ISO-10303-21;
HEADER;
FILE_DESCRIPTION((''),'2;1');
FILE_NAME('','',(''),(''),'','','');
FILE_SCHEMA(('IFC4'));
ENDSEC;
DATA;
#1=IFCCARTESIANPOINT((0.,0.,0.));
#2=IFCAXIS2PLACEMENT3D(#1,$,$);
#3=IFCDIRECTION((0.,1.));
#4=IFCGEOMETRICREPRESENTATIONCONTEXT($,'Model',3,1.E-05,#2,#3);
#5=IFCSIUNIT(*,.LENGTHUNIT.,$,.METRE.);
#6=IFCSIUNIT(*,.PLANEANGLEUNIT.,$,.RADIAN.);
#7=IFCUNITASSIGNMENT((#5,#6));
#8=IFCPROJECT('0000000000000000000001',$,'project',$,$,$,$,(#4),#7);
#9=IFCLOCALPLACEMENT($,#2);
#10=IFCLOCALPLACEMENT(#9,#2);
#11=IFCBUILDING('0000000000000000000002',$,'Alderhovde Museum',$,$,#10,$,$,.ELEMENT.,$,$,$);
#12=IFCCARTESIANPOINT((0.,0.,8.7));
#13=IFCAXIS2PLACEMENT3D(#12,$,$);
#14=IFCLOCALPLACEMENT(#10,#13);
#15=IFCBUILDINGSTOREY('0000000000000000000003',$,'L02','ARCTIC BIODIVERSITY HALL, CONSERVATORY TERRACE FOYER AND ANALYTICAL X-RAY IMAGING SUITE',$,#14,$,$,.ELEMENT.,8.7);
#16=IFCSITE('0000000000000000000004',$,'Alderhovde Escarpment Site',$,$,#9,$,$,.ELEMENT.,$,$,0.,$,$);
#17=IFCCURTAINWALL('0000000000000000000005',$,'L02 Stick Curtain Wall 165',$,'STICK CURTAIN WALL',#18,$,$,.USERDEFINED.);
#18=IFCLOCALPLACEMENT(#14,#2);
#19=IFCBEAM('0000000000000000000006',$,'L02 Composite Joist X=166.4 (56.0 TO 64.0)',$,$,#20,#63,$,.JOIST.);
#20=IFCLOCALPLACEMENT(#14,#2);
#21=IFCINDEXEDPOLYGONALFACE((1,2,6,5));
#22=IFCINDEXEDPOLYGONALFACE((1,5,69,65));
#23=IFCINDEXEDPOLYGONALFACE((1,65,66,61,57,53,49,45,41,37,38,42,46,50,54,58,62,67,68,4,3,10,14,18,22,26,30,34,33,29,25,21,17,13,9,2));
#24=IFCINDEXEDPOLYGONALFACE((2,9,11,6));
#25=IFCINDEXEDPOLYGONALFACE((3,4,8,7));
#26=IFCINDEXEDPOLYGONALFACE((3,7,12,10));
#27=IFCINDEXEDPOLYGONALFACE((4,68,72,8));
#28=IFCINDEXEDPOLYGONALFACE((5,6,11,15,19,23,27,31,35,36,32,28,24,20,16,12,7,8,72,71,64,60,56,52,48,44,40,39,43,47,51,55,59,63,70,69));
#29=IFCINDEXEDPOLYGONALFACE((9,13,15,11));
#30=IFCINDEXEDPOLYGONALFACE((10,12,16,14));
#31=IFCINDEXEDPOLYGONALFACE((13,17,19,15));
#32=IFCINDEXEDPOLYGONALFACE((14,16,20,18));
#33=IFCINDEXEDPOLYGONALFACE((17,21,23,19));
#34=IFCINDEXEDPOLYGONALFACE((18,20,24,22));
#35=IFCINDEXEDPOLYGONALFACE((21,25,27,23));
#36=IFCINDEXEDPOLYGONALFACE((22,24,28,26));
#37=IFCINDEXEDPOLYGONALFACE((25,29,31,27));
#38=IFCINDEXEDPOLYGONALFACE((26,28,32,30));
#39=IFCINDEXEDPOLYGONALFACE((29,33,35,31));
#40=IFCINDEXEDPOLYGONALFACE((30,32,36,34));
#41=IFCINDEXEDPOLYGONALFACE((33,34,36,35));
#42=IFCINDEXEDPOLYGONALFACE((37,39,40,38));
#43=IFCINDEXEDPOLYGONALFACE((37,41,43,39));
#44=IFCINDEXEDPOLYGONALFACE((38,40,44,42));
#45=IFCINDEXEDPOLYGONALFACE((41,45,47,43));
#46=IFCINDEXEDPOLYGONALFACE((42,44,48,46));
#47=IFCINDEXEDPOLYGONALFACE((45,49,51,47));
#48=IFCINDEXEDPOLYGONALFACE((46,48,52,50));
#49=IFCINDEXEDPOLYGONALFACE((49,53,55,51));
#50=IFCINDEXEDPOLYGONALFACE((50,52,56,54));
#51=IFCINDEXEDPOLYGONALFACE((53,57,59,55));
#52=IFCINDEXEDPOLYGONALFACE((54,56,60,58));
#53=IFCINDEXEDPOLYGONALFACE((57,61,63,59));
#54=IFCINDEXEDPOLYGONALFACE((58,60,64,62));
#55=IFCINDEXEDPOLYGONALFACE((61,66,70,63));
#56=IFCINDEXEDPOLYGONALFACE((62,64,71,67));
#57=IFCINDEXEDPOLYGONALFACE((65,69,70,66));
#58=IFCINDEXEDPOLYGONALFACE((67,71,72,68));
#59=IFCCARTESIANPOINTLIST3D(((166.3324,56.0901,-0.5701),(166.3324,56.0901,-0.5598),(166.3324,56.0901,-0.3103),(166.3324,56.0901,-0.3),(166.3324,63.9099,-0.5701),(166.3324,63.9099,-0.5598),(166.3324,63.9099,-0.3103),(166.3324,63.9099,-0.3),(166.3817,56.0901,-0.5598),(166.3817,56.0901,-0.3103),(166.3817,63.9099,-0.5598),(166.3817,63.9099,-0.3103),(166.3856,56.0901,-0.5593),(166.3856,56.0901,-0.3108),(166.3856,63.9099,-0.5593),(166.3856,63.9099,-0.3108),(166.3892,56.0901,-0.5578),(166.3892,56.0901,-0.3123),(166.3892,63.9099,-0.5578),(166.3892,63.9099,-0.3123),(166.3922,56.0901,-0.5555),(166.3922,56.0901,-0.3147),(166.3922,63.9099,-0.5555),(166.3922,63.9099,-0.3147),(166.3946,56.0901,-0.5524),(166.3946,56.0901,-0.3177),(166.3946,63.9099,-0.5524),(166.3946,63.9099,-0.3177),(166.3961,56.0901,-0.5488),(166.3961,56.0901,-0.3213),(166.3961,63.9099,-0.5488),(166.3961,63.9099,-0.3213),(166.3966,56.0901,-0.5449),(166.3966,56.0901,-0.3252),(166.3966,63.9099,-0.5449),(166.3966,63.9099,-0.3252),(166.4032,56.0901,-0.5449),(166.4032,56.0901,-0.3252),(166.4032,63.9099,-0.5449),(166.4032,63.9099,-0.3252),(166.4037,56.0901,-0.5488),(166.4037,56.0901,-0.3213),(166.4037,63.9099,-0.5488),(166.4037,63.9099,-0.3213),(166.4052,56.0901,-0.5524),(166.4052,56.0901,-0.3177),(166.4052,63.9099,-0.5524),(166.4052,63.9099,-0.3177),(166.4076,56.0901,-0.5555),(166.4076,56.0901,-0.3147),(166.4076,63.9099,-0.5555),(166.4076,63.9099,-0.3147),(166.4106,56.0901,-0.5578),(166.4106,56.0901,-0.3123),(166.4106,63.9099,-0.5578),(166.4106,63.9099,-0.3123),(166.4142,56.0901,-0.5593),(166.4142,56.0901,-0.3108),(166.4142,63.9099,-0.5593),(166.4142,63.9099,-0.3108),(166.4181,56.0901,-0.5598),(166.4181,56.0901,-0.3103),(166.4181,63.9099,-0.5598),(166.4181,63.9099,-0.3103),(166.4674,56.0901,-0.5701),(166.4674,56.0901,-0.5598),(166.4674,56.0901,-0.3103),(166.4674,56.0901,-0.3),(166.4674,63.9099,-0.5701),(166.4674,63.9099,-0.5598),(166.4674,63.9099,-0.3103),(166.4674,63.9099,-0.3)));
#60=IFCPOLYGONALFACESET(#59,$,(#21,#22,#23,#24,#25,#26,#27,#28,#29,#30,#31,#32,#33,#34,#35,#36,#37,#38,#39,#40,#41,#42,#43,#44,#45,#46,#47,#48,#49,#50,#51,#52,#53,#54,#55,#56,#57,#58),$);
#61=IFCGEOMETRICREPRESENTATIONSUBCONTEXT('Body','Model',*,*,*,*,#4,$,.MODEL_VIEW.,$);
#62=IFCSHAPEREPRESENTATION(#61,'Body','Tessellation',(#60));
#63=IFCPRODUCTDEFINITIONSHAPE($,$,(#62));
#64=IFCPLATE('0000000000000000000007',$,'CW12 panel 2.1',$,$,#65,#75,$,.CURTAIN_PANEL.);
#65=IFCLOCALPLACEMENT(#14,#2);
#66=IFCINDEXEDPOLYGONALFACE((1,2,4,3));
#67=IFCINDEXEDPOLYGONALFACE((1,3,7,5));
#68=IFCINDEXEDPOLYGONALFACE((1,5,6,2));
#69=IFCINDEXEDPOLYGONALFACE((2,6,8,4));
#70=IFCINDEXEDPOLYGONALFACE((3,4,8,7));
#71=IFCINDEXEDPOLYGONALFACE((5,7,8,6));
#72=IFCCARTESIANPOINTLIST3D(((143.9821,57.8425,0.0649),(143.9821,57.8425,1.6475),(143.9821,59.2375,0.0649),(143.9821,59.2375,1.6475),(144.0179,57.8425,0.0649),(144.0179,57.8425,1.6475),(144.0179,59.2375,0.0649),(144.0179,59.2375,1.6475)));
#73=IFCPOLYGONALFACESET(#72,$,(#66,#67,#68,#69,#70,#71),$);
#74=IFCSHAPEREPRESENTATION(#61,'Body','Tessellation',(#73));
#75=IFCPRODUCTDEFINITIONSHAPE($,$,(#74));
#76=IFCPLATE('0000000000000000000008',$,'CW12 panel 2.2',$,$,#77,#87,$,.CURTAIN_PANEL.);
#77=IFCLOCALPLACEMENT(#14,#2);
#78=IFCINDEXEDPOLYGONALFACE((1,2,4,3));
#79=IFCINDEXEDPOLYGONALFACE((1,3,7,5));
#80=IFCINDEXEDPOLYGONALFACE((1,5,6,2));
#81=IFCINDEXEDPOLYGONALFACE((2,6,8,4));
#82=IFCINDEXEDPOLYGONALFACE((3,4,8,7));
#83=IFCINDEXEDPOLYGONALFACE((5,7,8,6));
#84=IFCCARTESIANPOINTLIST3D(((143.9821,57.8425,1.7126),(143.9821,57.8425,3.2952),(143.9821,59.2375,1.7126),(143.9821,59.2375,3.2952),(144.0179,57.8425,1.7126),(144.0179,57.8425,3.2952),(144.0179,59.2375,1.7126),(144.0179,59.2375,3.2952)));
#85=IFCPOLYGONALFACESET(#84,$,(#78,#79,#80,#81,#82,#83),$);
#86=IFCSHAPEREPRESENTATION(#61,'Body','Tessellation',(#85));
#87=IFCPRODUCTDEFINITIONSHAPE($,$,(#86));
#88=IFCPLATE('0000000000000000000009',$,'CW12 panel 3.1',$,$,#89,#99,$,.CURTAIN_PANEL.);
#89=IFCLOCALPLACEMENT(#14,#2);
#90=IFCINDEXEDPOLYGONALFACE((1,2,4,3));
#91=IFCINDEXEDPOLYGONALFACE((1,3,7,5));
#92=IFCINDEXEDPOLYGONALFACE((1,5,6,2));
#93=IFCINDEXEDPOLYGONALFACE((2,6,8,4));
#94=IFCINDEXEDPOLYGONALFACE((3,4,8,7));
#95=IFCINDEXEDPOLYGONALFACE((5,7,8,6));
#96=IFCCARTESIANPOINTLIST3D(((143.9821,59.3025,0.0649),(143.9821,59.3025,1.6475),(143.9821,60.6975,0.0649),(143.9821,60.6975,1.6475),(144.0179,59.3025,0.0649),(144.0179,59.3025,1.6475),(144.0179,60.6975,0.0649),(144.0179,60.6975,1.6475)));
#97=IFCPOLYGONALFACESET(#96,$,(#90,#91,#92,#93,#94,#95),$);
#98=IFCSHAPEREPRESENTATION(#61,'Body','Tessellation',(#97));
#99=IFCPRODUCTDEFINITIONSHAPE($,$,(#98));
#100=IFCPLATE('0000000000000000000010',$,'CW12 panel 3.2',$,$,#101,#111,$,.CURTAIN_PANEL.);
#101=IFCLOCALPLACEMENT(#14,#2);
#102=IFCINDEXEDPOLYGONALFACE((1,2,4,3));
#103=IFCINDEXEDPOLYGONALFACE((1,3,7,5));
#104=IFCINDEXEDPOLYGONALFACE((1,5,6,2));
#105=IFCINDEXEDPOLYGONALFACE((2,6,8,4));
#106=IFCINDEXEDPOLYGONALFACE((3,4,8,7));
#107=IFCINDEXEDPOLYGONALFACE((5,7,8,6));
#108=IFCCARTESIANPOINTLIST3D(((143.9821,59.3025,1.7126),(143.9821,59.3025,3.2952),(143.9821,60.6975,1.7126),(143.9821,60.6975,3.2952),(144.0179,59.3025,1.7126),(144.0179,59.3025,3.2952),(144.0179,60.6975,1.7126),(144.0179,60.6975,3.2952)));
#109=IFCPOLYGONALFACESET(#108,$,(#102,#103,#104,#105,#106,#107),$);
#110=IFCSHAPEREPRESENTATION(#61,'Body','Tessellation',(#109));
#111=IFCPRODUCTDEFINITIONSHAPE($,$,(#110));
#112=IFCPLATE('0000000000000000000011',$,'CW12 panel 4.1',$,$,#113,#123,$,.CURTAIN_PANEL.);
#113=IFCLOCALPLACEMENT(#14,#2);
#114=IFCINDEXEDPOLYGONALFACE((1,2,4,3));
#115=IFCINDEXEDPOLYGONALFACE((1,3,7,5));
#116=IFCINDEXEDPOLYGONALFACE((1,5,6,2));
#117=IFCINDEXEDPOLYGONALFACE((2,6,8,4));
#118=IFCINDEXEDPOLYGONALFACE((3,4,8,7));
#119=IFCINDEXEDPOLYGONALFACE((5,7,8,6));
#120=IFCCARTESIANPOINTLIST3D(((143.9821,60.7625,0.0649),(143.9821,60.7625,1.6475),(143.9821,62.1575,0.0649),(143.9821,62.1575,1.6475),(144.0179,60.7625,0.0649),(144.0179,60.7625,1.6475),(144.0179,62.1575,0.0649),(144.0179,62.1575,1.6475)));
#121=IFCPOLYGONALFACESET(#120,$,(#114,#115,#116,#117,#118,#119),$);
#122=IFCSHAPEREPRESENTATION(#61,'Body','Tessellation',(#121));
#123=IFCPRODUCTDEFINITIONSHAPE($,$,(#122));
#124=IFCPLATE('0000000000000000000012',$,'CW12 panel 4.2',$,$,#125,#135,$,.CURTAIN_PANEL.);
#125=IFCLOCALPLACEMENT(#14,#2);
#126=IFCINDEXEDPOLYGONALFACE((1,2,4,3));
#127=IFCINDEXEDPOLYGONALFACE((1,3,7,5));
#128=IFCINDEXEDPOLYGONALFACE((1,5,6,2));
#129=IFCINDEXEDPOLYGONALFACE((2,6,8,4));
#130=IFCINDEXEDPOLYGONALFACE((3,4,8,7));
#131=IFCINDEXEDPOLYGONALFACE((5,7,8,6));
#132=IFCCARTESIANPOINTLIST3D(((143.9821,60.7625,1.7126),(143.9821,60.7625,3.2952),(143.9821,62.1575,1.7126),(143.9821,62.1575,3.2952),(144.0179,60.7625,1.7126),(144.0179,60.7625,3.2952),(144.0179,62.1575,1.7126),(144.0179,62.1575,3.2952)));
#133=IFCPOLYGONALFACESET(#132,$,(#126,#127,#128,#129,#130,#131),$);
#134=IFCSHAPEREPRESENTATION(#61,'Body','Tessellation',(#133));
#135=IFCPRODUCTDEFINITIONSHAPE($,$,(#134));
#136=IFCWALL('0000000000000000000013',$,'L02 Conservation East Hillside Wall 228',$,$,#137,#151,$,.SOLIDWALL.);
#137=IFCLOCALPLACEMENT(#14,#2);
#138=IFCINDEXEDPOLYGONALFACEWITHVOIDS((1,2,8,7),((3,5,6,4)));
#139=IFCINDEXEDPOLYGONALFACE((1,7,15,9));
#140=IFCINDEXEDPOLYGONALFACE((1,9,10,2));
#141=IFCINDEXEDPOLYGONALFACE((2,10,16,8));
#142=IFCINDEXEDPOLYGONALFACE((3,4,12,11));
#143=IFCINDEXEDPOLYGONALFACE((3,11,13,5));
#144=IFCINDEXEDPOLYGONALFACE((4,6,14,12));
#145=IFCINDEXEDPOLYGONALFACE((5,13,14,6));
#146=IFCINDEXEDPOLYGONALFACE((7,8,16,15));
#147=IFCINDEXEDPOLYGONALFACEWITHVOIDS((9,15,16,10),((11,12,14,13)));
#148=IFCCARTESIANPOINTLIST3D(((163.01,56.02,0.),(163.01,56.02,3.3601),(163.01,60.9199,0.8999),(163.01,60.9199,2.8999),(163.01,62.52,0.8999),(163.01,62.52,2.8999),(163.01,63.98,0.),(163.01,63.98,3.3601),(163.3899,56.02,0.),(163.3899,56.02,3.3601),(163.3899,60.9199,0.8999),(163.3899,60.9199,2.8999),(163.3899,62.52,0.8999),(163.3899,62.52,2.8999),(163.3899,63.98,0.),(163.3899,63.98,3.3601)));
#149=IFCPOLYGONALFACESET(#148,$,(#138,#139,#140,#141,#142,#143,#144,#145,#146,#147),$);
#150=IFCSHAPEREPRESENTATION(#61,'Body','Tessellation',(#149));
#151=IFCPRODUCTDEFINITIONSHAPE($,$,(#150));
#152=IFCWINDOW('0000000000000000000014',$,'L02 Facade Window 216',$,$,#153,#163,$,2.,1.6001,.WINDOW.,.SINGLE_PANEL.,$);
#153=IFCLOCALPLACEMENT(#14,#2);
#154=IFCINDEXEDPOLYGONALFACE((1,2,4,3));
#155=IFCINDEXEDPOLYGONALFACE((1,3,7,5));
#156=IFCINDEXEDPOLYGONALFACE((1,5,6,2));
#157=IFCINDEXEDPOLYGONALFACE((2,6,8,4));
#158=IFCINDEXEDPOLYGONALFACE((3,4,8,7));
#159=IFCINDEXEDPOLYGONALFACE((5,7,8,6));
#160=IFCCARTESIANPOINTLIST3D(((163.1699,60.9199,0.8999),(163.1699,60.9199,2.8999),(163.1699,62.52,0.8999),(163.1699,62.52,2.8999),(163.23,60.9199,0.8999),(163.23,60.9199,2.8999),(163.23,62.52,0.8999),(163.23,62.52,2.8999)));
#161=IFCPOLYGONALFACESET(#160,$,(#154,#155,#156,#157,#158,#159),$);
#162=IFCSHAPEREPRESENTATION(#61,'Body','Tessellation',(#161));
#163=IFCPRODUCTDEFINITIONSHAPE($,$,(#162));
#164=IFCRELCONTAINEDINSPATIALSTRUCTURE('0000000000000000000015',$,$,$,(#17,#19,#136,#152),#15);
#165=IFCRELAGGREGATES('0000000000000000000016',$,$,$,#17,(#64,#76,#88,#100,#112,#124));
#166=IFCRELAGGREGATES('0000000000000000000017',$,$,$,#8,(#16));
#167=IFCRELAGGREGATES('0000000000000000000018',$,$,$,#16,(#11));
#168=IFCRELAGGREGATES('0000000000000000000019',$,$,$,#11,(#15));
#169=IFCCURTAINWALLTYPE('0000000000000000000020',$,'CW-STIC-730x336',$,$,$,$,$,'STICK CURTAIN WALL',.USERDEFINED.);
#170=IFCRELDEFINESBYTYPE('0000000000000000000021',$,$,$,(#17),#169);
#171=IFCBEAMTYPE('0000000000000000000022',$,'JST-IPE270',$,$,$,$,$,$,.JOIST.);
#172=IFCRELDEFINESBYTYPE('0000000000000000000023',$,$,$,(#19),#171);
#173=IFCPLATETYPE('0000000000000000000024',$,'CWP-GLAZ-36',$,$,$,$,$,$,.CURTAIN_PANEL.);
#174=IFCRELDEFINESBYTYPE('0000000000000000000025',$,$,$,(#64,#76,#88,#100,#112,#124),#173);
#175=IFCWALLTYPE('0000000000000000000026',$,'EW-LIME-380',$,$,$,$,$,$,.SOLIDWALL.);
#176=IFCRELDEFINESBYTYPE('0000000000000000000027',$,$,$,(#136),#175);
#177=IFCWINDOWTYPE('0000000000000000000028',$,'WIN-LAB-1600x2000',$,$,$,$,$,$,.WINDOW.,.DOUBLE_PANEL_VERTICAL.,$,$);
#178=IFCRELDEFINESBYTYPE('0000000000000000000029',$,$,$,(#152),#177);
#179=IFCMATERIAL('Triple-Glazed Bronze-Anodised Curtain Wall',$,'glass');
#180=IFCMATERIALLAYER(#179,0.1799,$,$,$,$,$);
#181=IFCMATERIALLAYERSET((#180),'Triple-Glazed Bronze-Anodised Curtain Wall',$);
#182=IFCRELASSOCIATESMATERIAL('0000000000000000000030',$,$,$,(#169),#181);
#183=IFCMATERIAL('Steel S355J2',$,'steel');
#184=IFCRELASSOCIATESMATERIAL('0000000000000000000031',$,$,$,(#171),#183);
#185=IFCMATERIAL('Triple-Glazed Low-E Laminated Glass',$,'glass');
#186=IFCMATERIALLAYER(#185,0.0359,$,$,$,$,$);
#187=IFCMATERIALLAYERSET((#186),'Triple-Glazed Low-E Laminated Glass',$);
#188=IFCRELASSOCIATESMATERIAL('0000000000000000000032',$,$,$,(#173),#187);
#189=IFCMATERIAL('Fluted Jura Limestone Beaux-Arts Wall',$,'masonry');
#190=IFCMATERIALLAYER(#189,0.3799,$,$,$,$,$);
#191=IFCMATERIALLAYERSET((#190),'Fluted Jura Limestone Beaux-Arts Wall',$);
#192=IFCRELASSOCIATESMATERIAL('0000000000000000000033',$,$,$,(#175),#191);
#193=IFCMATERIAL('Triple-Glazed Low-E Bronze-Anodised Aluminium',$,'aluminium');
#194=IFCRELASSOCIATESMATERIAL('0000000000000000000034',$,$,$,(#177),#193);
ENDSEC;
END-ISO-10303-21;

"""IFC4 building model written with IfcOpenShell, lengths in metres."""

from ifc_helpers import new_model, si_unit, direction, frame, frame_2d, origin, origin_2d, place, context, subcontext, project, spatial, rectangle, i_section, extrude, material, layer, layer_set, material_profile, profile_set, type_object, element, fill, aggregate, save


model = new_model("IFC4")

# Units and contexts
model_context = context("Model", 3, precision=1e-05, world=origin(), true_north=direction((0.0, 1.0)))
body_context = subcontext(model_context, "Body", "Model", "MODEL_VIEW")
ifc_project = project(units=[si_unit("LENGTHUNIT", "METRE"), si_unit("PLANEANGLEUNIT", "RADIAN")], contexts=[model_context])

# Site, building, storey
site_placement = place(None, origin())
site = spatial("IfcSite", under=ifc_project, at=site_placement, Name="Alderhovde Escarpment Site", CompositionType="ELEMENT", RefElevation=0.0)
building_placement = place(site_placement, origin())
building = spatial("IfcBuilding", under=site, at=building_placement, Name="Alderhovde Museum", CompositionType="ELEMENT")
storey_placement = place(building_placement, frame((0.0, 0.0, 8.7)))
storey = spatial("IfcBuildingStorey", under=building, at=storey_placement, Name="L02", Description="ARCTIC BIODIVERSITY HALL, CONSERVATORY TERRACE FOYER AND ANALYTICAL X-RAY IMAGING SUITE", CompositionType="ELEMENT", Elevation=8.7)

# Curtain wall
ifc_material_1 = material(Name="Triple-Glazed Bronze-Anodised Curtain Wall", Category="glass")
ifc_layer_1 = layer(ifc_material_1, 0.1799)
ifc_layer_set_1 = layer_set([ifc_layer_1], Name="Triple-Glazed Bronze-Anodised Curtain Wall")
curtain_wall_type = type_object("IfcCurtainWallType", Name="CW-STIC-730x336", ElementType="STICK CURTAIN WALL", PredefinedType="USERDEFINED", material=ifc_layer_set_1)
curtain_wall_placement = place(storey_placement, origin())
curtain_wall = element("IfcCurtainWall", 1, at=curtain_wall_placement, inside=storey, type_object=curtain_wall_type, Name="L02 Stick Curtain Wall 165", ObjectType="STICK CURTAIN WALL", PredefinedType="USERDEFINED")

# Beam
ifc_material_2 = material(Name="Steel S355J2", Category="steel")
ifc_material_profile_1 = material_profile(ifc_material_2, i_section(OverallWidth=0.135, OverallDepth=0.27, WebThickness=0.0066, FlangeThickness=0.0103, FilletRadius=0.0149, at=origin_2d()), Name="IPE 270")
ifc_profile_set_1 = profile_set([ifc_material_profile_1], Name="Steel S355J2")
beam_type_1 = type_object("IfcBeamType", Name="JST-IPE270", PredefinedType="JOIST", material=ifc_profile_set_1)
for number, where, z_axis, x_axis, name in (
    (2, (166.3999, 56.0901, -0.4351), (0.0, 1.0, 0.0), (-1.0, 0.0, 0.0), "L02 Composite Joist X=166.4 (56.0 TO 64.0)"),
):
    element("IfcBeam", number, at=place(storey_placement, frame(where, z_axis=z_axis, x_axis=x_axis)), inside=storey, type_object=beam_type_1, Name=name, PredefinedType="JOIST", context=body_context, shape_type="SweptSolid", body=[
        extrude(i_section(OverallWidth=0.135, OverallDepth=0.27, WebThickness=0.0066, FlangeThickness=0.0103, FilletRadius=0.0149, at=origin_2d()), origin(), (0.0, 0.0, 1.0), 7.8198),
    ])

# Plates
ifc_material_3 = material(Name="Triple-Glazed Low-E Laminated Glass", Category="glass")
ifc_layer_2 = layer(ifc_material_3, 0.0359)
ifc_layer_set_2 = layer_set([ifc_layer_2], Name="Triple-Glazed Low-E Laminated Glass")
plate_type = type_object("IfcPlateType", Name="CWP-GLAZ-36", PredefinedType="CURTAIN_PANEL", material=ifc_layer_set_2)
plate_1_placement = place(storey_placement, frame((144.0, 58.54, 0.0649), z_axis=(0.0, 0.0, 1.0), x_axis=(0.0, 1.0, 0.0)))
plate_1 = element("IfcPlate", 3, at=plate_1_placement, type_object=plate_type, Name="CW12 panel 2.1", PredefinedType="CURTAIN_PANEL", context=body_context, shape_type="SweptSolid", body=[
    extrude(rectangle(XDim=1.395, YDim=0.0359, at=origin_2d()), origin(), (0.0, 0.0, 1.0), 1.5825),
])
plate_2_placement = place(storey_placement, frame((144.0, 58.54, 1.7126), z_axis=(0.0, 0.0, 1.0), x_axis=(0.0, 1.0, 0.0)))
plate_2 = element("IfcPlate", 4, at=plate_2_placement, type_object=plate_type, Name="CW12 panel 2.2", PredefinedType="CURTAIN_PANEL", context=body_context, shape_type="SweptSolid", body=[
    extrude(rectangle(XDim=1.395, YDim=0.0359, at=origin_2d()), origin(), (0.0, 0.0, 1.0), 1.5825),
])
plate_3_placement = place(storey_placement, frame((144.0, 60.0, 0.0649), z_axis=(0.0, 0.0, 1.0), x_axis=(0.0, 1.0, 0.0)))
plate_3 = element("IfcPlate", 5, at=plate_3_placement, type_object=plate_type, Name="CW12 panel 3.1", PredefinedType="CURTAIN_PANEL", context=body_context, shape_type="SweptSolid", body=[
    extrude(rectangle(XDim=1.395, YDim=0.0359, at=origin_2d()), origin(), (0.0, 0.0, 1.0), 1.5825),
])
plate_4_placement = place(storey_placement, frame((144.0, 60.0, 1.7126), z_axis=(0.0, 0.0, 1.0), x_axis=(0.0, 1.0, 0.0)))
plate_4 = element("IfcPlate", 6, at=plate_4_placement, type_object=plate_type, Name="CW12 panel 3.2", PredefinedType="CURTAIN_PANEL", context=body_context, shape_type="SweptSolid", body=[
    extrude(rectangle(XDim=1.395, YDim=0.0359, at=origin_2d()), origin(), (0.0, 0.0, 1.0), 1.5825),
])
plate_5_placement = place(storey_placement, frame((144.0, 61.46, 0.0649), z_axis=(0.0, 0.0, 1.0), x_axis=(0.0, 1.0, 0.0)))
plate_5 = element("IfcPlate", 7, at=plate_5_placement, type_object=plate_type, Name="CW12 panel 4.1", PredefinedType="CURTAIN_PANEL", context=body_context, shape_type="SweptSolid", body=[
    extrude(rectangle(XDim=1.395, YDim=0.0359, at=origin_2d()), origin(), (0.0, 0.0, 1.0), 1.5825),
])
plate_6_placement = place(storey_placement, frame((144.0, 61.46, 1.7126), z_axis=(0.0, 0.0, 1.0), x_axis=(0.0, 1.0, 0.0)))
plate_6 = element("IfcPlate", 8, at=plate_6_placement, type_object=plate_type, Name="CW12 panel 4.2", PredefinedType="CURTAIN_PANEL", context=body_context, shape_type="SweptSolid", body=[
    extrude(rectangle(XDim=1.395, YDim=0.0359, at=origin_2d()), origin(), (0.0, 0.0, 1.0), 1.5825),
])
aggregate(curtain_wall, [plate_1, plate_2, plate_3, plate_4, plate_5, plate_6])

# Wall, opening, window
ifc_material_4 = material(Name="Fluted Jura Limestone Beaux-Arts Wall", Category="masonry")
ifc_layer_3 = layer(ifc_material_4, 0.3799)
ifc_layer_set_3 = layer_set([ifc_layer_3], Name="Fluted Jura Limestone Beaux-Arts Wall")
wall_type = type_object("IfcWallType", Name="EW-LIME-380", PredefinedType="SOLIDWALL", material=ifc_layer_set_3)
wall_placement = place(storey_placement, frame((163.2, 56.02, 0.0), z_axis=(0.0, 0.0, 1.0), x_axis=(0.0, 1.0, 0.0)))
wall = element("IfcWall", 9, at=wall_placement, inside=storey, type_object=wall_type, Name="L02 Conservation East Hillside Wall 228", PredefinedType="SOLIDWALL", context=body_context, shape_type="SweptSolid", body=[
    extrude(rectangle(XDim=7.96, YDim=0.3799, at=frame_2d((3.98, 0.0))), origin(), (0.0, 0.0, 1.0), 3.3601),
])
opening_placement = place(wall_placement, frame((4.8999, 0.0, 0.8999)))
opening = element("IfcOpeningElement", 10, at=opening_placement, cuts=wall, PredefinedType="OPENING", context=body_context, shape_type="SweptSolid", body=[
    extrude(rectangle(XDim=1.6001, YDim=2.0, at=frame_2d((0.8, 1.0))), frame((0.0, 0.2, 0.0), z_axis=(0.0, -1.0, 0.0), x_axis=(1.0, 0.0, 0.0)), (0.0, 0.0, 1.0), 0.3999),
])
ifc_material_5 = material(Name="Triple-Glazed Low-E Bronze-Anodised Aluminium", Category="aluminium")
window_type = type_object("IfcWindowType", Name="WIN-LAB-1600x2000", PartitioningType="DOUBLE_PANEL_VERTICAL", PredefinedType="WINDOW", material=ifc_material_5)
window_placement = place(opening_placement, origin())
window = element("IfcWindow", 11, at=window_placement, inside=storey, type_object=window_type, Name="L02 Facade Window 216", OverallHeight=2.0, OverallWidth=1.6001, PartitioningType="SINGLE_PANEL", PredefinedType="WINDOW", context=body_context, shape_type="SweptSolid", body=[
    extrude(rectangle(XDim=1.6001, YDim=2.0, at=frame_2d((0.8, 1.0))), frame((0.0, 0.03, 0.0), z_axis=(0.0, -1.0, 0.0), x_axis=(1.0, 0.0, 0.0)), (0.0, 0.0, 1.0), 0.0601),
])
fill(opening, window)

save(model, "model.ifc")
